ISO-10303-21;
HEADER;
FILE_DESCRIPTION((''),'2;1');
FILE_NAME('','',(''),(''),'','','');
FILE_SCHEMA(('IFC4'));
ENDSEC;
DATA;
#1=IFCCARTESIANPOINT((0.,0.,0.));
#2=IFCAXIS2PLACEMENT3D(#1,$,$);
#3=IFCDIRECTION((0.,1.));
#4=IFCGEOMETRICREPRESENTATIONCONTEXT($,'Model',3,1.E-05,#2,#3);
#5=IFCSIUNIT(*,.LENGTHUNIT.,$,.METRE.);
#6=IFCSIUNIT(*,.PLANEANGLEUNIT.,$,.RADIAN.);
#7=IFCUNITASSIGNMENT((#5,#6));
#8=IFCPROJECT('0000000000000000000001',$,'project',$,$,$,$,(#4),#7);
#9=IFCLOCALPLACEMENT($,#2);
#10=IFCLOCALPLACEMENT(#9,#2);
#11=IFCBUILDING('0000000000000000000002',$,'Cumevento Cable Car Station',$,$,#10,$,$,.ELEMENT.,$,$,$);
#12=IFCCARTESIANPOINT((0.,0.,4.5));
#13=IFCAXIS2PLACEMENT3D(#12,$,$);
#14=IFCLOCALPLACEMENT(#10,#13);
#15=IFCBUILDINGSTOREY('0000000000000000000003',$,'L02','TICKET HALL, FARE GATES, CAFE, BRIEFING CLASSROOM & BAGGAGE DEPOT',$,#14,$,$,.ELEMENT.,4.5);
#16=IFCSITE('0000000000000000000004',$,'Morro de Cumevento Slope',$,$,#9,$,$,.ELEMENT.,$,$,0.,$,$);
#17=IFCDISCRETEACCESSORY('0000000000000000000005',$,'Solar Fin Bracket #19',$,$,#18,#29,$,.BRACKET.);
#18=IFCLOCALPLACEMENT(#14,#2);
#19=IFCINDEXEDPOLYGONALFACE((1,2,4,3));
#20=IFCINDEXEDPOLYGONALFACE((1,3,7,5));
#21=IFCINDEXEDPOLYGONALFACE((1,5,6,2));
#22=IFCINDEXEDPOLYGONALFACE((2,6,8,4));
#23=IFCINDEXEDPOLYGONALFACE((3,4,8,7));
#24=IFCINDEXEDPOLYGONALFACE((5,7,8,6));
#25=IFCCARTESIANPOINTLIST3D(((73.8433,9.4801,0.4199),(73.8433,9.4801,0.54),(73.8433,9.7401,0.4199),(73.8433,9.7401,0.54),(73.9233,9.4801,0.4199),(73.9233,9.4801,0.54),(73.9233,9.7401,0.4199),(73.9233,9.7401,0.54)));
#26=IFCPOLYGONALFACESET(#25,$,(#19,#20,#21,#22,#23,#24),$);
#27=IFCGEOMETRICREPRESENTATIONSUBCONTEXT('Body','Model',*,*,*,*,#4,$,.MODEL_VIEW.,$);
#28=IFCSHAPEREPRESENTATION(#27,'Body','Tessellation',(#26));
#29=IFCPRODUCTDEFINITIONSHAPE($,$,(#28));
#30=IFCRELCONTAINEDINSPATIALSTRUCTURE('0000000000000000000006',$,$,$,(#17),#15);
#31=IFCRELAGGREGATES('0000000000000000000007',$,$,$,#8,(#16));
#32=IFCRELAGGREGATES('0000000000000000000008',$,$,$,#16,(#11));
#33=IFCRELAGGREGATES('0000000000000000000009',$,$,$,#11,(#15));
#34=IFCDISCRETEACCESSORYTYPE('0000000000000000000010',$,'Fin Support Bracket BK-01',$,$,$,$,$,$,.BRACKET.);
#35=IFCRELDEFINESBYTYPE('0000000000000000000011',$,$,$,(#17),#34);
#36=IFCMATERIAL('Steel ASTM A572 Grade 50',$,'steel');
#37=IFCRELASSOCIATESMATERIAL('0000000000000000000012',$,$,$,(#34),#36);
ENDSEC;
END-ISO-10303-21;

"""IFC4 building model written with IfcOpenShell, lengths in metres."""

from ifc_helpers import new_model, si_unit, direction, frame, origin, origin_2d, place, context, subcontext, project, spatial, rectangle, extrude, material, type_object, element, save


model = new_model("IFC4")

# Units and contexts
model_context = context("Model", 3, precision=1e-05, world=origin(), true_north=direction((0.0, 1.0)))
body_context = subcontext(model_context, "Body", "Model", "MODEL_VIEW")
ifc_project = project(units=[si_unit("LENGTHUNIT", "METRE"), si_unit("PLANEANGLEUNIT", "RADIAN")], contexts=[model_context])

# Site, building, storey
site_placement = place(None, origin())
site = spatial("IfcSite", under=ifc_project, at=site_placement, Name="Morro de Cumevento Slope", CompositionType="ELEMENT", RefElevation=0.0)
building_placement = place(site_placement, origin())
building = spatial("IfcBuilding", under=site, at=building_placement, Name="Cumevento Cable Car Station", CompositionType="ELEMENT")
storey_placement = place(building_placement, frame((0.0, 0.0, 4.5)))
storey = spatial("IfcBuildingStorey", under=building, at=storey_placement, Name="L02", Description="TICKET HALL, FARE GATES, CAFE, BRIEFING CLASSROOM & BAGGAGE DEPOT", CompositionType="ELEMENT", Elevation=4.5)

# Discrete accessory
ifc_material_1 = material(Name="Steel ASTM A572 Grade 50", Category="steel")
discrete_accessory_type = type_object("IfcDiscreteAccessoryType", Name="Fin Support Bracket BK-01", PredefinedType="BRACKET", material=ifc_material_1)
discrete_accessory_placement = place(storey_placement, frame((73.8833, 9.6101, 0.4199), z_axis=(0.0, 0.0, 1.0), x_axis=(1.0, 0.0, 0.0)))
element("IfcDiscreteAccessory", 1, at=discrete_accessory_placement, inside=storey, type_object=discrete_accessory_type, Name="Solar Fin Bracket #19", PredefinedType="BRACKET", context=body_context, shape_type="SweptSolid", body=[
    extrude(rectangle(XDim=0.0801, YDim=0.26, at=origin_2d()), origin(), (0.0, 0.0, 1.0), 0.1201),
])

save(model, "model.ifc")
